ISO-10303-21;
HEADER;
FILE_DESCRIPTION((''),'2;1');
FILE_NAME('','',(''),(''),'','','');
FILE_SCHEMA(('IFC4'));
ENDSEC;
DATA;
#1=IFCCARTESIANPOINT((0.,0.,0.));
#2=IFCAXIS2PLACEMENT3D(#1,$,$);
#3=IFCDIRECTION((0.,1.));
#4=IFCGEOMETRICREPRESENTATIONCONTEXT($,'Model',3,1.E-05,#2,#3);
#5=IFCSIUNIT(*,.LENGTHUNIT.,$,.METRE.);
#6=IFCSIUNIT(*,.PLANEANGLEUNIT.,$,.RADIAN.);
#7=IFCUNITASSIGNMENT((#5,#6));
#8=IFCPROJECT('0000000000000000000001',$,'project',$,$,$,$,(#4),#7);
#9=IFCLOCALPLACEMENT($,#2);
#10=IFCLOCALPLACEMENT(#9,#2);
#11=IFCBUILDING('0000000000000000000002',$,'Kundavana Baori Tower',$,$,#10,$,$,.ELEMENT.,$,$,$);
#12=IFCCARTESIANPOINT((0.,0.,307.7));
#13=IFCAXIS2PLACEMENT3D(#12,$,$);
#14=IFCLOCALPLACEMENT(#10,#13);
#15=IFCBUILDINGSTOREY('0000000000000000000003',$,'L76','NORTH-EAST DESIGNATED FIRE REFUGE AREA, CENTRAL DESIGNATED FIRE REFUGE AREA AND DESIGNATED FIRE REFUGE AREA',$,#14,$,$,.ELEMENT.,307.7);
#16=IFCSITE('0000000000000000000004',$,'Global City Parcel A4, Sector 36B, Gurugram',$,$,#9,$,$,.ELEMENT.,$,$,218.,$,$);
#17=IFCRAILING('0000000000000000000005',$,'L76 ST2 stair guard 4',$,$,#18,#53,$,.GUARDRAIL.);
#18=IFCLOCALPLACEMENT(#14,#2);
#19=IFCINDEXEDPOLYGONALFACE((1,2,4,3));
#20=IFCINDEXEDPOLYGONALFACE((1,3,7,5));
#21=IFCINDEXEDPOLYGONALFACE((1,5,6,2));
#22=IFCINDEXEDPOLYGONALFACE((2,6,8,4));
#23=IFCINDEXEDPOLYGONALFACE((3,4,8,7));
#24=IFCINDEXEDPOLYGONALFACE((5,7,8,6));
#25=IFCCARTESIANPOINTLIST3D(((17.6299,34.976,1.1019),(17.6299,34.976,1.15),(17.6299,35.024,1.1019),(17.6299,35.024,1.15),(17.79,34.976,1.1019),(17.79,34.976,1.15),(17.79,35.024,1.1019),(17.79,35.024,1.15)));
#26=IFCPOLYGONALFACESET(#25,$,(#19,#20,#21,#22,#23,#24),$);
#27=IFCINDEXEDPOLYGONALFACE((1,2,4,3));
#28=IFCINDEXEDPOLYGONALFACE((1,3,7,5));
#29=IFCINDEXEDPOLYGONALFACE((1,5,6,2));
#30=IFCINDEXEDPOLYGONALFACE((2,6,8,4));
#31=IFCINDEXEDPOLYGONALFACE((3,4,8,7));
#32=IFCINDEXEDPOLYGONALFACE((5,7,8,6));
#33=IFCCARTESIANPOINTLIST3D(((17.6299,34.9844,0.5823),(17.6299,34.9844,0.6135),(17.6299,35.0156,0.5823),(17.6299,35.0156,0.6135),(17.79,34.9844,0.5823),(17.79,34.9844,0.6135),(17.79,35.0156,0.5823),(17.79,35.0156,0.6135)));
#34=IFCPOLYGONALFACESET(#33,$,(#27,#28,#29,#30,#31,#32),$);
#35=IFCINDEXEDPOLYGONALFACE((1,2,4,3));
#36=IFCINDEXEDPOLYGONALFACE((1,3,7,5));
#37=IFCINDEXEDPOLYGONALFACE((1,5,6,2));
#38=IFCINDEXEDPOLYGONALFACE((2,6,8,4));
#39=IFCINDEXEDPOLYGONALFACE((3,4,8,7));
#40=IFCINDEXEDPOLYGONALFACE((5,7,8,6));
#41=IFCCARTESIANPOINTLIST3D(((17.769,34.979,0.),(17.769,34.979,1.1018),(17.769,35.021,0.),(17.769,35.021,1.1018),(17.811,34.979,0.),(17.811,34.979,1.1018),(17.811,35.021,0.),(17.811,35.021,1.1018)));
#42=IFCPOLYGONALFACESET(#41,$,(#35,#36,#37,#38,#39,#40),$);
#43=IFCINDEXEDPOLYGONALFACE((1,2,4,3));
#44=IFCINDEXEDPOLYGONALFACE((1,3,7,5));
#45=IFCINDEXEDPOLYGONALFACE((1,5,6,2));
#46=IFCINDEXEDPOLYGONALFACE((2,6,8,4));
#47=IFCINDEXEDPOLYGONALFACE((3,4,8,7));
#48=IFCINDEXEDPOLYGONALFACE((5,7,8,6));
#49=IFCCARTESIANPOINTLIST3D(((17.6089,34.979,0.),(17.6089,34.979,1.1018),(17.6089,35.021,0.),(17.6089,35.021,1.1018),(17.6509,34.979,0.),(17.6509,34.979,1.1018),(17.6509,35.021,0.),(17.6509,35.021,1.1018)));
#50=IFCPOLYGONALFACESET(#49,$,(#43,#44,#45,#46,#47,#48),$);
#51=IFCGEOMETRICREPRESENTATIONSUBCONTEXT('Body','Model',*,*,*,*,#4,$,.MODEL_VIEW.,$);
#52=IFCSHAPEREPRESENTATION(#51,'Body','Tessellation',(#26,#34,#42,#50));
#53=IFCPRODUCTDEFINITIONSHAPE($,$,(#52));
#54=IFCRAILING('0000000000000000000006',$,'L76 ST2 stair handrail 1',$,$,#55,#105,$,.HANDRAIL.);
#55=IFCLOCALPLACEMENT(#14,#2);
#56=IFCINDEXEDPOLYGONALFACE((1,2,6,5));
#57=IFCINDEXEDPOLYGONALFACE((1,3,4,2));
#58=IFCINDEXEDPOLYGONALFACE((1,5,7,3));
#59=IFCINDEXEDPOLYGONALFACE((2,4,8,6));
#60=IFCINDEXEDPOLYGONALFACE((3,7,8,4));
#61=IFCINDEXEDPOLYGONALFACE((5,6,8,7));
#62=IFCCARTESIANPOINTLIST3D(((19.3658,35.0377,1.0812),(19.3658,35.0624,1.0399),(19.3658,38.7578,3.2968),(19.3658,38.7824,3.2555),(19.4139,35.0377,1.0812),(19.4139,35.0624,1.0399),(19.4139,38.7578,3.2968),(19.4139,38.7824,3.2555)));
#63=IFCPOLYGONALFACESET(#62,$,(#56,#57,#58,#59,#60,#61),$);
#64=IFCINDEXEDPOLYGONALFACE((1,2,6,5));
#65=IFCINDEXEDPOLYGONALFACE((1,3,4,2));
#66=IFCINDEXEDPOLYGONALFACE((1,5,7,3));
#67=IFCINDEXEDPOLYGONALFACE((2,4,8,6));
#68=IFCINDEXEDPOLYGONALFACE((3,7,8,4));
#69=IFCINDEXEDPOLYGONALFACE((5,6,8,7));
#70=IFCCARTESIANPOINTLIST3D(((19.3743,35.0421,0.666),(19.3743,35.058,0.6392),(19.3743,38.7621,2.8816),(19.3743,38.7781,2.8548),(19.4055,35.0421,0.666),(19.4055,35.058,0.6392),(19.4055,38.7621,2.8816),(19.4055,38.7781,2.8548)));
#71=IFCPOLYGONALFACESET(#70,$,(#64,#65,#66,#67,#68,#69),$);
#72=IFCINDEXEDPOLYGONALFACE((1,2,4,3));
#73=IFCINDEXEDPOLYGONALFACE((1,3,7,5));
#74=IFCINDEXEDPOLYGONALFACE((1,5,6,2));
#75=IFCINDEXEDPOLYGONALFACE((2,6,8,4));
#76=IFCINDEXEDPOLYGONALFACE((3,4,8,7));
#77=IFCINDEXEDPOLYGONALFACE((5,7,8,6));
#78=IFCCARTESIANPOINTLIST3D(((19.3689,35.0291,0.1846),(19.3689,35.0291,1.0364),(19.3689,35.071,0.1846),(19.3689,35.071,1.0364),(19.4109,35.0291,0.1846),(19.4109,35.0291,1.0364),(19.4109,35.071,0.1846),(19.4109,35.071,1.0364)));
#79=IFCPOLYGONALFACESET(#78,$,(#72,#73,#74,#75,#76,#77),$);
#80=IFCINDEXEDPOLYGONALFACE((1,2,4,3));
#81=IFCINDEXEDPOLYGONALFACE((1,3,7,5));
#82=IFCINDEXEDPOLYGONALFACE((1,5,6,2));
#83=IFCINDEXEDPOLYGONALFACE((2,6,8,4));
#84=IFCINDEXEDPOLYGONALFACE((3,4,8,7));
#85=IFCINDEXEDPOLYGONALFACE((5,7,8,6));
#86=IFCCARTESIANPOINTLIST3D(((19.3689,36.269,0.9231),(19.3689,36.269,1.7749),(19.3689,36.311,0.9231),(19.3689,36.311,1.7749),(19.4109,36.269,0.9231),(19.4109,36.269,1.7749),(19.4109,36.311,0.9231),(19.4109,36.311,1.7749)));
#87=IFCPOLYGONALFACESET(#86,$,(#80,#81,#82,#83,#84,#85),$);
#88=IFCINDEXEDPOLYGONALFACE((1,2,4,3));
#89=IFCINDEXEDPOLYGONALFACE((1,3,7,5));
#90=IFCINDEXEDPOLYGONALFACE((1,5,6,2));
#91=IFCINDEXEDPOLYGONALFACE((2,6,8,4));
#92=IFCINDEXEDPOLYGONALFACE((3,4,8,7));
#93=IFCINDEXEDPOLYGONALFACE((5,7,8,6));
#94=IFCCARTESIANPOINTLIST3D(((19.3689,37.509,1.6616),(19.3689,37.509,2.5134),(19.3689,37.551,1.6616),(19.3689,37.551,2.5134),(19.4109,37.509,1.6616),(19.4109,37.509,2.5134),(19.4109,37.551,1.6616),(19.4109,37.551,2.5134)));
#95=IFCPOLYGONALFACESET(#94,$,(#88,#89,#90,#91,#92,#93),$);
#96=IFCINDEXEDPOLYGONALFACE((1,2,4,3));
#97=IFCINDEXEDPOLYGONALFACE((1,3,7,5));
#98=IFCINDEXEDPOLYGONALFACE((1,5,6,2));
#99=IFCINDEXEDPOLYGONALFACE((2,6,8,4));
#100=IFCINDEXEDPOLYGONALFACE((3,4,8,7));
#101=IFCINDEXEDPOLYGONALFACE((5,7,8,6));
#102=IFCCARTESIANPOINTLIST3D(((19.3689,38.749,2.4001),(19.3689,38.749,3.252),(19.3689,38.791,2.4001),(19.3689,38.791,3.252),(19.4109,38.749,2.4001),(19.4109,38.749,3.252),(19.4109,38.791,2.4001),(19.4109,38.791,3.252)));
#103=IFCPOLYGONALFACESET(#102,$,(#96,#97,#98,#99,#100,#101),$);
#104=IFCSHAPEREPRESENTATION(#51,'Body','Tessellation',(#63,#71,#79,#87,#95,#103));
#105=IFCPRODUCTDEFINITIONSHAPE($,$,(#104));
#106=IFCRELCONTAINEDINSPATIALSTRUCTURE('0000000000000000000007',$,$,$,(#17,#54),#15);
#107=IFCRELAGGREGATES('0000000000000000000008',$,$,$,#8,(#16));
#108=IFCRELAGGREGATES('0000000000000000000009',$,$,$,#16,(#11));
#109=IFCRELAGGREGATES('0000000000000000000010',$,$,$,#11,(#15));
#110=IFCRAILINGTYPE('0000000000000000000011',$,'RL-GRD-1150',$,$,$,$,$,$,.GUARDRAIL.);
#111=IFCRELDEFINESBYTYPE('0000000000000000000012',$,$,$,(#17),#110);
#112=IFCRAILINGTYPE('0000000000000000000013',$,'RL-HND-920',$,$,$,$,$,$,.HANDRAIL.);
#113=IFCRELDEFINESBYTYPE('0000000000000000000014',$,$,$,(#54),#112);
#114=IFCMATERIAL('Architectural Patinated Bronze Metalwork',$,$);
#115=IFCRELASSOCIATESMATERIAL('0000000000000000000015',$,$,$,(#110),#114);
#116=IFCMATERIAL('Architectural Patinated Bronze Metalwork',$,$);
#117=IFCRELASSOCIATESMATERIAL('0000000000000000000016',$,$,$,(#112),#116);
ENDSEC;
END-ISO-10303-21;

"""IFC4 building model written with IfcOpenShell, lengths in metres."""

from ifc_helpers import new_model, si_unit, direction, frame, origin, origin_2d, place, context, subcontext, project, spatial, rectangle, extrude, material, type_object, element, save


model = new_model("IFC4")

# Units and contexts
model_context = context("Model", 3, precision=1e-05, world=origin(), true_north=direction((0.0, 1.0)))
body_context = subcontext(model_context, "Body", "Model", "MODEL_VIEW")
ifc_project = project(units=[si_unit("LENGTHUNIT", "METRE"), si_unit("PLANEANGLEUNIT", "RADIAN")], contexts=[model_context])

# Site, building, storey
site_placement = place(None, origin())
site = spatial("IfcSite", under=ifc_project, at=site_placement, Name="Global City Parcel A4, Sector 36B, Gurugram", CompositionType="ELEMENT", RefElevation=218.0)
building_placement = place(site_placement, origin())
building = spatial("IfcBuilding", under=site, at=building_placement, Name="Kundavana Baori Tower", CompositionType="ELEMENT")
storey_placement = place(building_placement, frame((0.0, 0.0, 307.7)))
storey = spatial("IfcBuildingStorey", under=building, at=storey_placement, Name="L76", Description="NORTH-EAST DESIGNATED FIRE REFUGE AREA, CENTRAL DESIGNATED FIRE REFUGE AREA AND DESIGNATED FIRE REFUGE AREA", CompositionType="ELEMENT", Elevation=307.7)

# Railings
ifc_material_1 = material(Name="Architectural Patinated Bronze Metalwork")
railing_type_1 = type_object("IfcRailingType", Name="RL-GRD-1150", PredefinedType="GUARDRAIL", material=ifc_material_1)
railing_1_placement = place(storey_placement, frame((17.79, 35.0, 0.0)))
element("IfcRailing", 1, at=railing_1_placement, inside=storey, type_object=railing_type_1, Name="L76 ST2 stair guard 4", PredefinedType="GUARDRAIL", context=body_context, shape_type="SweptSolid", body=[
    extrude(rectangle(XDim=0.0481, YDim=0.0481, at=origin_2d()), frame((0.0, 0.0, 1.126), z_axis=(-1.0, 0.0, 0.0), x_axis=(0.0, -1.0, 0.0)), (0.0, 0.0, 1.0), 0.1602),
    extrude(rectangle(XDim=0.0312, YDim=0.0312, at=origin_2d()), frame((0.0, 0.0, 0.5979), z_axis=(-1.0, 0.0, 0.0), x_axis=(0.0, -1.0, 0.0)), (0.0, 0.0, 1.0), 0.1602),
    extrude(rectangle(XDim=0.042, YDim=0.042, at=origin_2d()), origin(), (0.0, 0.0, 1.0), 1.1018),
    extrude(rectangle(XDim=0.042, YDim=0.042, at=origin_2d()), frame((-0.1602, 0.0, 0.0)), (0.0, 0.0, 1.0), 1.1018),
])
ifc_material_2 = material(Name="Architectural Patinated Bronze Metalwork")
railing_type_2 = type_object("IfcRailingType", Name="RL-HND-920", PredefinedType="HANDRAIL", material=ifc_material_2)
railing_2_placement = place(storey_placement, frame((19.3899, 35.05, 0.1846)))
element("IfcRailing", 2, at=railing_2_placement, inside=storey, type_object=railing_type_2, Name="L76 ST2 stair handrail 1", PredefinedType="HANDRAIL", context=body_context, shape_type="SweptSolid", body=[
    extrude(rectangle(XDim=0.0481, YDim=0.0481, at=origin_2d()), frame((0.0, 0.0, 0.876), z_axis=(0.0, 0.85916, 0.511707), x_axis=(-1.0, 0.0, 0.0)), (0.0, 0.0, 1.0), 4.3298),
    extrude(rectangle(XDim=0.0312, YDim=0.0312, at=origin_2d()), frame((0.0, 0.0, 0.468), z_axis=(0.0, 0.85916, 0.511707), x_axis=(-1.0, 0.0, 0.0)), (0.0, 0.0, 1.0), 4.3298),
    extrude(rectangle(XDim=0.042, YDim=0.042, at=origin_2d()), origin(), (0.0, 0.0, 1.0), 0.8518),
    extrude(rectangle(XDim=0.042, YDim=0.042, at=origin_2d()), frame((0.0, 1.24, 0.7385)), (0.0, 0.0, 1.0), 0.8518),
    extrude(rectangle(XDim=0.042, YDim=0.042, at=origin_2d()), frame((0.0, 2.48, 1.4771)), (0.0, 0.0, 1.0), 0.8518),
    extrude(rectangle(XDim=0.042, YDim=0.042, at=origin_2d()), frame((0.0, 3.72, 2.2156)), (0.0, 0.0, 1.0), 0.8518),
])

save(model, "model.ifc")
